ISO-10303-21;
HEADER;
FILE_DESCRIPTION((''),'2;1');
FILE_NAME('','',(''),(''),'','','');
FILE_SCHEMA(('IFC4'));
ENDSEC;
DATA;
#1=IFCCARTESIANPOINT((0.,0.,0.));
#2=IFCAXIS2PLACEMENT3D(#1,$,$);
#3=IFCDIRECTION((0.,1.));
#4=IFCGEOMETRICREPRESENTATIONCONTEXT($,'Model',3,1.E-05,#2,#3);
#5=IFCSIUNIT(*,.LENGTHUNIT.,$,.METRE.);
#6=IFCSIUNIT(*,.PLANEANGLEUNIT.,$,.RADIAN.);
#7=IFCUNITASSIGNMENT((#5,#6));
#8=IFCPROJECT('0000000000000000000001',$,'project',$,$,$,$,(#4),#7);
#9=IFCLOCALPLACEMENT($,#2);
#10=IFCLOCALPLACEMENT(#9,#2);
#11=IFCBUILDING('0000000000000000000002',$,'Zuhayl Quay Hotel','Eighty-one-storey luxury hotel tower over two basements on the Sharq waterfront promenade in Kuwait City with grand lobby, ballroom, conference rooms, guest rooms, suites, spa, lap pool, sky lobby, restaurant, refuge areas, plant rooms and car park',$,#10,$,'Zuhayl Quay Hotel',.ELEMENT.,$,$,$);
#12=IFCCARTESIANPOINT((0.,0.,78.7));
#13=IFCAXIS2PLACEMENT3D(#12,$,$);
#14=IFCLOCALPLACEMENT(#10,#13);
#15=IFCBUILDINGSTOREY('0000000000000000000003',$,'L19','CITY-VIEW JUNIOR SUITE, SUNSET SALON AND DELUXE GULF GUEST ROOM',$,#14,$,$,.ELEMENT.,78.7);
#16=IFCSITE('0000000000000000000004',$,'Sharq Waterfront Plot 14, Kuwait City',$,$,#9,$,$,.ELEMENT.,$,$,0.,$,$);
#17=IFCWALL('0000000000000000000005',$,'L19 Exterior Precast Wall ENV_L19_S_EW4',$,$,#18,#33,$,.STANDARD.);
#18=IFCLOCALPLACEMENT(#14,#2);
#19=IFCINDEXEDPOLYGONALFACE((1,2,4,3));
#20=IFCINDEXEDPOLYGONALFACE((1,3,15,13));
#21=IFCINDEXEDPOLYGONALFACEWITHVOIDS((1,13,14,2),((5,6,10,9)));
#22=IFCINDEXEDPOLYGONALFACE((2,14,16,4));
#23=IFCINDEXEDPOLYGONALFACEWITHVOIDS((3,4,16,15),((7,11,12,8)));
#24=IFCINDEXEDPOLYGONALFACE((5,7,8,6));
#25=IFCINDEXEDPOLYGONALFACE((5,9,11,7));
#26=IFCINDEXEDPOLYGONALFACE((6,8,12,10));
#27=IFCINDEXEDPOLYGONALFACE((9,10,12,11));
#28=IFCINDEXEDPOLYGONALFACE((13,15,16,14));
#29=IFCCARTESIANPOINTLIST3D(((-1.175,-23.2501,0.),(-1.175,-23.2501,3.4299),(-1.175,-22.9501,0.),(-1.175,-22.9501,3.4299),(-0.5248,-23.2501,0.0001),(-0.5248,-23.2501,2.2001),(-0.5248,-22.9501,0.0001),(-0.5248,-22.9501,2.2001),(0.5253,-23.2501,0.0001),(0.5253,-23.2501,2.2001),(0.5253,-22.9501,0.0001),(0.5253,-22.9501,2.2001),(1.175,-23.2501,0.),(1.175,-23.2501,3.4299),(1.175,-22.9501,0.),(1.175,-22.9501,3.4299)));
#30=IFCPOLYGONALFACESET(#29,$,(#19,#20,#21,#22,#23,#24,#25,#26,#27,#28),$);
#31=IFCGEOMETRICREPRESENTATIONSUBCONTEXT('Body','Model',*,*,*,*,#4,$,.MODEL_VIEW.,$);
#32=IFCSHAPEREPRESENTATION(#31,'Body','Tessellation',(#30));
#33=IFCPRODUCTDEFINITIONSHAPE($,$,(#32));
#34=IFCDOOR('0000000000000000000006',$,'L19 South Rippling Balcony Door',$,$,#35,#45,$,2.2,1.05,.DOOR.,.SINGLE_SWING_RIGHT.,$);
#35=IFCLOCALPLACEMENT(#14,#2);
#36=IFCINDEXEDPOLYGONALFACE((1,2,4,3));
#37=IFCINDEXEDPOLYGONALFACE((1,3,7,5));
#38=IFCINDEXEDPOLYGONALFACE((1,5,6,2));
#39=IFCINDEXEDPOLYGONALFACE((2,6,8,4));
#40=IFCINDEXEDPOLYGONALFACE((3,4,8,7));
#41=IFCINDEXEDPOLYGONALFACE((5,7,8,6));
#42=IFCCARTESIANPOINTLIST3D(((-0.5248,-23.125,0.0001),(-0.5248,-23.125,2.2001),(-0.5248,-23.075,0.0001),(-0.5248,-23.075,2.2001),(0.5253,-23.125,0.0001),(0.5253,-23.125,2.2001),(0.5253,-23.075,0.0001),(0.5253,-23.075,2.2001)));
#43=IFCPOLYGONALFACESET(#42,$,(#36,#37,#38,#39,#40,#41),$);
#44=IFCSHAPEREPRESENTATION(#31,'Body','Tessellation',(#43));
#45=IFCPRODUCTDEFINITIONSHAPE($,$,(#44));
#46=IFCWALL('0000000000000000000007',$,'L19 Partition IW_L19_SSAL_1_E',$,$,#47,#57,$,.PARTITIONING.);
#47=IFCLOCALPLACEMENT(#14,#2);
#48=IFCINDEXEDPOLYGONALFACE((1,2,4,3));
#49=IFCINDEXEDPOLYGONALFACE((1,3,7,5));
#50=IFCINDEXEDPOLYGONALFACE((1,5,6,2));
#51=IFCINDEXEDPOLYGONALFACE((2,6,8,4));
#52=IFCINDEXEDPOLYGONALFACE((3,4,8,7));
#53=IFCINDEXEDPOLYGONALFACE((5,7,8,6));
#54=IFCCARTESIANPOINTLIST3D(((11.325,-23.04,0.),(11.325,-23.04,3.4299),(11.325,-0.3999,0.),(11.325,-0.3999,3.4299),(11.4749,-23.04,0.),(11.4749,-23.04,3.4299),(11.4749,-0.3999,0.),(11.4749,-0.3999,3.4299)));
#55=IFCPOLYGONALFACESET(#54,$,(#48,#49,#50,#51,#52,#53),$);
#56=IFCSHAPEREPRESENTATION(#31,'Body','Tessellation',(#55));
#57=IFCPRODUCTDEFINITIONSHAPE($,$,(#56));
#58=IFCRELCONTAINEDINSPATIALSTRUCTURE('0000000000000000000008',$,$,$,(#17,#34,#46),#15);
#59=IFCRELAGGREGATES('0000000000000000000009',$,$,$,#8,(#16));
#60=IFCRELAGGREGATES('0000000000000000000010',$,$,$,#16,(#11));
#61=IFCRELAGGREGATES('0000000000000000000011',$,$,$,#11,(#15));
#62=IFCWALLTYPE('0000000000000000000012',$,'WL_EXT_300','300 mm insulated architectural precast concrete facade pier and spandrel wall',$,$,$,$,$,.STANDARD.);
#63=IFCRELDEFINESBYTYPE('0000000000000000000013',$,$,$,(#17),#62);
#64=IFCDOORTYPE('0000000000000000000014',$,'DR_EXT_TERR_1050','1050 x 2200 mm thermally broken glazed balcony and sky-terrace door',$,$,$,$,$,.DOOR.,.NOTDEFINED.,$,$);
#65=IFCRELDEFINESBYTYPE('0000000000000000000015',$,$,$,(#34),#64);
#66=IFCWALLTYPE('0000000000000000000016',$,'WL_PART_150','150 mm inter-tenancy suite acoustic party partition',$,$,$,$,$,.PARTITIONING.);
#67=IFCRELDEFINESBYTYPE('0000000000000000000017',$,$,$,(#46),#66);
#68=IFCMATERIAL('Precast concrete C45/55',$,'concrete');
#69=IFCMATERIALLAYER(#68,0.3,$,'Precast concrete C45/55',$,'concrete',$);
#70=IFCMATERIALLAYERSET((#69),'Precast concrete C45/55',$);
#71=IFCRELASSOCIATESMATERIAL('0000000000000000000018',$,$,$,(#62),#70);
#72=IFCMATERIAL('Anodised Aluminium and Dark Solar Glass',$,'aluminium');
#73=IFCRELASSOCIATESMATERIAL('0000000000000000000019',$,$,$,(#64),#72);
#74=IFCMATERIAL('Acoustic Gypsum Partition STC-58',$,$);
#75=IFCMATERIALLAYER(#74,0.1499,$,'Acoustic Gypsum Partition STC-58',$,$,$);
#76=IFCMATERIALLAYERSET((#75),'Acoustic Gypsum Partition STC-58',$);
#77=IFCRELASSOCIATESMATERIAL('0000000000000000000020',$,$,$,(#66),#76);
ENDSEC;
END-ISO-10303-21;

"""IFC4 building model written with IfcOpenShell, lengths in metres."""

from ifc_helpers import new_model, si_unit, direction, frame, frame_2d, origin, place, context, subcontext, project, spatial, rectangle, extrude, material, layer, layer_set, type_object, element, fill, save


model = new_model("IFC4")

# Units and contexts
model_context = context("Model", 3, precision=1e-05, world=origin(), true_north=direction((0.0, 1.0)))
body_context = subcontext(model_context, "Body", "Model", "MODEL_VIEW")
ifc_project = project(units=[si_unit("LENGTHUNIT", "METRE"), si_unit("PLANEANGLEUNIT", "RADIAN")], contexts=[model_context])

# Site, building, storey
site_placement = place(None, origin())
site = spatial("IfcSite", under=ifc_project, at=site_placement, Name="Sharq Waterfront Plot 14, Kuwait City", CompositionType="ELEMENT", RefElevation=0.0)
building_placement = place(site_placement, origin())
building = spatial("IfcBuilding", under=site, at=building_placement, Name="Zuhayl Quay Hotel", Description="Eighty-one-storey luxury hotel tower over two basements on the Sharq waterfront promenade in Kuwait City with grand lobby, ballroom, conference rooms, guest rooms, suites, spa, lap pool, sky lobby, restaurant, refuge areas, plant rooms and car park", LongName="Zuhayl Quay Hotel", CompositionType="ELEMENT")
storey_placement = place(building_placement, frame((0.0, 0.0, 78.7)))
storey = spatial("IfcBuildingStorey", under=building, at=storey_placement, Name="L19", Description="CITY-VIEW JUNIOR SUITE, SUNSET SALON AND DELUXE GULF GUEST ROOM", CompositionType="ELEMENT", Elevation=78.7)

# Shared definitions
ifc_material_1 = material(Name="Precast concrete C45/55", Category="concrete")
ifc_layer_1 = layer(ifc_material_1, 0.3, Name="Precast concrete C45/55", Category="concrete")
ifc_layer_set_1 = layer_set([ifc_layer_1], Name="Precast concrete C45/55")
wall_type_1 = type_object("IfcWallType", Name="WL_EXT_300", Description="300 mm insulated architectural precast concrete facade pier and spandrel wall", PredefinedType="STANDARD", material=ifc_layer_set_1)

# Wall, opening, door
wall_1_placement = place(storey_placement, frame((1.175, -23.1001, 0.0), z_axis=(0.0, 0.0, 1.0), x_axis=(-1.0, 0.0, 0.0)))
wall_1 = element("IfcWall", 1, at=wall_1_placement, inside=storey, type_object=wall_type_1, Name="L19 Exterior Precast Wall ENV_L19_S_EW4", PredefinedType="STANDARD", context=body_context, shape_type="SweptSolid", body=[
    extrude(rectangle(XDim=2.3501, YDim=0.3, at=frame_2d((1.175, 0.0))), origin(), (0.0, 0.0, 1.0), 3.4299),
])
opening_placement = place(wall_1_placement, frame((0.6499, 0.0, 0.0)))
opening = element("IfcOpeningElement", 2, at=opening_placement, cuts=wall_1, PredefinedType="OPENING", context=body_context, shape_type="SweptSolid", body=[
    extrude(rectangle(XDim=1.05, YDim=2.2, at=frame_2d((0.5249, 1.1001))), frame((0.0, 0.1599, 0.0), z_axis=(0.0, -1.0, 0.0), x_axis=(1.0, 0.0, 0.0)), (0.0, 0.0, 1.0), 0.3201),
])
ifc_material_2 = material(Name="Anodised Aluminium and Dark Solar Glass", Category="aluminium")
door_type = type_object("IfcDoorType", Name="DR_EXT_TERR_1050", Description="1050 x 2200 mm thermally broken glazed balcony and sky-terrace door", OperationType="NOTDEFINED", PredefinedType="DOOR", material=ifc_material_2)
door_placement = place(opening_placement, origin())
door = element("IfcDoor", 3, at=door_placement, inside=storey, type_object=door_type, Name="L19 South Rippling Balcony Door", OperationType="SINGLE_SWING_RIGHT", OverallHeight=2.2, OverallWidth=1.05, PredefinedType="DOOR", context=body_context, shape_type="SweptSolid", body=[
    extrude(rectangle(XDim=1.05, YDim=2.2, at=frame_2d((0.5249, 1.1001))), frame((0.0, 0.0249, 0.0), z_axis=(0.0, -1.0, 0.0), x_axis=(1.0, 0.0, 0.0)), (0.0, 0.0, 1.0), 0.05),
])
fill(opening, door)

# Wall
ifc_material_3 = material(Name="Acoustic Gypsum Partition STC-58")
ifc_layer_2 = layer(ifc_material_3, 0.1499, Name="Acoustic Gypsum Partition STC-58")
ifc_layer_set_2 = layer_set([ifc_layer_2], Name="Acoustic Gypsum Partition STC-58")
wall_type_2 = type_object("IfcWallType", Name="WL_PART_150", Description="150 mm inter-tenancy suite acoustic party partition", PredefinedType="PARTITIONING", material=ifc_layer_set_2)
wall_2_placement = place(storey_placement, frame((11.3999, -23.04, 0.0), z_axis=(0.0, 0.0, 1.0), x_axis=(0.0, 1.0, 0.0)))
element("IfcWall", 4, at=wall_2_placement, inside=storey, type_object=wall_type_2, Name="L19 Partition IW_L19_SSAL_1_E", PredefinedType="PARTITIONING", context=body_context, shape_type="SweptSolid", body=[
    extrude(rectangle(XDim=22.6401, YDim=0.1499, at=frame_2d((11.3201, 0.0))), origin(), (0.0, 0.0, 1.0), 3.4299),
])

save(model, "model.ifc")
